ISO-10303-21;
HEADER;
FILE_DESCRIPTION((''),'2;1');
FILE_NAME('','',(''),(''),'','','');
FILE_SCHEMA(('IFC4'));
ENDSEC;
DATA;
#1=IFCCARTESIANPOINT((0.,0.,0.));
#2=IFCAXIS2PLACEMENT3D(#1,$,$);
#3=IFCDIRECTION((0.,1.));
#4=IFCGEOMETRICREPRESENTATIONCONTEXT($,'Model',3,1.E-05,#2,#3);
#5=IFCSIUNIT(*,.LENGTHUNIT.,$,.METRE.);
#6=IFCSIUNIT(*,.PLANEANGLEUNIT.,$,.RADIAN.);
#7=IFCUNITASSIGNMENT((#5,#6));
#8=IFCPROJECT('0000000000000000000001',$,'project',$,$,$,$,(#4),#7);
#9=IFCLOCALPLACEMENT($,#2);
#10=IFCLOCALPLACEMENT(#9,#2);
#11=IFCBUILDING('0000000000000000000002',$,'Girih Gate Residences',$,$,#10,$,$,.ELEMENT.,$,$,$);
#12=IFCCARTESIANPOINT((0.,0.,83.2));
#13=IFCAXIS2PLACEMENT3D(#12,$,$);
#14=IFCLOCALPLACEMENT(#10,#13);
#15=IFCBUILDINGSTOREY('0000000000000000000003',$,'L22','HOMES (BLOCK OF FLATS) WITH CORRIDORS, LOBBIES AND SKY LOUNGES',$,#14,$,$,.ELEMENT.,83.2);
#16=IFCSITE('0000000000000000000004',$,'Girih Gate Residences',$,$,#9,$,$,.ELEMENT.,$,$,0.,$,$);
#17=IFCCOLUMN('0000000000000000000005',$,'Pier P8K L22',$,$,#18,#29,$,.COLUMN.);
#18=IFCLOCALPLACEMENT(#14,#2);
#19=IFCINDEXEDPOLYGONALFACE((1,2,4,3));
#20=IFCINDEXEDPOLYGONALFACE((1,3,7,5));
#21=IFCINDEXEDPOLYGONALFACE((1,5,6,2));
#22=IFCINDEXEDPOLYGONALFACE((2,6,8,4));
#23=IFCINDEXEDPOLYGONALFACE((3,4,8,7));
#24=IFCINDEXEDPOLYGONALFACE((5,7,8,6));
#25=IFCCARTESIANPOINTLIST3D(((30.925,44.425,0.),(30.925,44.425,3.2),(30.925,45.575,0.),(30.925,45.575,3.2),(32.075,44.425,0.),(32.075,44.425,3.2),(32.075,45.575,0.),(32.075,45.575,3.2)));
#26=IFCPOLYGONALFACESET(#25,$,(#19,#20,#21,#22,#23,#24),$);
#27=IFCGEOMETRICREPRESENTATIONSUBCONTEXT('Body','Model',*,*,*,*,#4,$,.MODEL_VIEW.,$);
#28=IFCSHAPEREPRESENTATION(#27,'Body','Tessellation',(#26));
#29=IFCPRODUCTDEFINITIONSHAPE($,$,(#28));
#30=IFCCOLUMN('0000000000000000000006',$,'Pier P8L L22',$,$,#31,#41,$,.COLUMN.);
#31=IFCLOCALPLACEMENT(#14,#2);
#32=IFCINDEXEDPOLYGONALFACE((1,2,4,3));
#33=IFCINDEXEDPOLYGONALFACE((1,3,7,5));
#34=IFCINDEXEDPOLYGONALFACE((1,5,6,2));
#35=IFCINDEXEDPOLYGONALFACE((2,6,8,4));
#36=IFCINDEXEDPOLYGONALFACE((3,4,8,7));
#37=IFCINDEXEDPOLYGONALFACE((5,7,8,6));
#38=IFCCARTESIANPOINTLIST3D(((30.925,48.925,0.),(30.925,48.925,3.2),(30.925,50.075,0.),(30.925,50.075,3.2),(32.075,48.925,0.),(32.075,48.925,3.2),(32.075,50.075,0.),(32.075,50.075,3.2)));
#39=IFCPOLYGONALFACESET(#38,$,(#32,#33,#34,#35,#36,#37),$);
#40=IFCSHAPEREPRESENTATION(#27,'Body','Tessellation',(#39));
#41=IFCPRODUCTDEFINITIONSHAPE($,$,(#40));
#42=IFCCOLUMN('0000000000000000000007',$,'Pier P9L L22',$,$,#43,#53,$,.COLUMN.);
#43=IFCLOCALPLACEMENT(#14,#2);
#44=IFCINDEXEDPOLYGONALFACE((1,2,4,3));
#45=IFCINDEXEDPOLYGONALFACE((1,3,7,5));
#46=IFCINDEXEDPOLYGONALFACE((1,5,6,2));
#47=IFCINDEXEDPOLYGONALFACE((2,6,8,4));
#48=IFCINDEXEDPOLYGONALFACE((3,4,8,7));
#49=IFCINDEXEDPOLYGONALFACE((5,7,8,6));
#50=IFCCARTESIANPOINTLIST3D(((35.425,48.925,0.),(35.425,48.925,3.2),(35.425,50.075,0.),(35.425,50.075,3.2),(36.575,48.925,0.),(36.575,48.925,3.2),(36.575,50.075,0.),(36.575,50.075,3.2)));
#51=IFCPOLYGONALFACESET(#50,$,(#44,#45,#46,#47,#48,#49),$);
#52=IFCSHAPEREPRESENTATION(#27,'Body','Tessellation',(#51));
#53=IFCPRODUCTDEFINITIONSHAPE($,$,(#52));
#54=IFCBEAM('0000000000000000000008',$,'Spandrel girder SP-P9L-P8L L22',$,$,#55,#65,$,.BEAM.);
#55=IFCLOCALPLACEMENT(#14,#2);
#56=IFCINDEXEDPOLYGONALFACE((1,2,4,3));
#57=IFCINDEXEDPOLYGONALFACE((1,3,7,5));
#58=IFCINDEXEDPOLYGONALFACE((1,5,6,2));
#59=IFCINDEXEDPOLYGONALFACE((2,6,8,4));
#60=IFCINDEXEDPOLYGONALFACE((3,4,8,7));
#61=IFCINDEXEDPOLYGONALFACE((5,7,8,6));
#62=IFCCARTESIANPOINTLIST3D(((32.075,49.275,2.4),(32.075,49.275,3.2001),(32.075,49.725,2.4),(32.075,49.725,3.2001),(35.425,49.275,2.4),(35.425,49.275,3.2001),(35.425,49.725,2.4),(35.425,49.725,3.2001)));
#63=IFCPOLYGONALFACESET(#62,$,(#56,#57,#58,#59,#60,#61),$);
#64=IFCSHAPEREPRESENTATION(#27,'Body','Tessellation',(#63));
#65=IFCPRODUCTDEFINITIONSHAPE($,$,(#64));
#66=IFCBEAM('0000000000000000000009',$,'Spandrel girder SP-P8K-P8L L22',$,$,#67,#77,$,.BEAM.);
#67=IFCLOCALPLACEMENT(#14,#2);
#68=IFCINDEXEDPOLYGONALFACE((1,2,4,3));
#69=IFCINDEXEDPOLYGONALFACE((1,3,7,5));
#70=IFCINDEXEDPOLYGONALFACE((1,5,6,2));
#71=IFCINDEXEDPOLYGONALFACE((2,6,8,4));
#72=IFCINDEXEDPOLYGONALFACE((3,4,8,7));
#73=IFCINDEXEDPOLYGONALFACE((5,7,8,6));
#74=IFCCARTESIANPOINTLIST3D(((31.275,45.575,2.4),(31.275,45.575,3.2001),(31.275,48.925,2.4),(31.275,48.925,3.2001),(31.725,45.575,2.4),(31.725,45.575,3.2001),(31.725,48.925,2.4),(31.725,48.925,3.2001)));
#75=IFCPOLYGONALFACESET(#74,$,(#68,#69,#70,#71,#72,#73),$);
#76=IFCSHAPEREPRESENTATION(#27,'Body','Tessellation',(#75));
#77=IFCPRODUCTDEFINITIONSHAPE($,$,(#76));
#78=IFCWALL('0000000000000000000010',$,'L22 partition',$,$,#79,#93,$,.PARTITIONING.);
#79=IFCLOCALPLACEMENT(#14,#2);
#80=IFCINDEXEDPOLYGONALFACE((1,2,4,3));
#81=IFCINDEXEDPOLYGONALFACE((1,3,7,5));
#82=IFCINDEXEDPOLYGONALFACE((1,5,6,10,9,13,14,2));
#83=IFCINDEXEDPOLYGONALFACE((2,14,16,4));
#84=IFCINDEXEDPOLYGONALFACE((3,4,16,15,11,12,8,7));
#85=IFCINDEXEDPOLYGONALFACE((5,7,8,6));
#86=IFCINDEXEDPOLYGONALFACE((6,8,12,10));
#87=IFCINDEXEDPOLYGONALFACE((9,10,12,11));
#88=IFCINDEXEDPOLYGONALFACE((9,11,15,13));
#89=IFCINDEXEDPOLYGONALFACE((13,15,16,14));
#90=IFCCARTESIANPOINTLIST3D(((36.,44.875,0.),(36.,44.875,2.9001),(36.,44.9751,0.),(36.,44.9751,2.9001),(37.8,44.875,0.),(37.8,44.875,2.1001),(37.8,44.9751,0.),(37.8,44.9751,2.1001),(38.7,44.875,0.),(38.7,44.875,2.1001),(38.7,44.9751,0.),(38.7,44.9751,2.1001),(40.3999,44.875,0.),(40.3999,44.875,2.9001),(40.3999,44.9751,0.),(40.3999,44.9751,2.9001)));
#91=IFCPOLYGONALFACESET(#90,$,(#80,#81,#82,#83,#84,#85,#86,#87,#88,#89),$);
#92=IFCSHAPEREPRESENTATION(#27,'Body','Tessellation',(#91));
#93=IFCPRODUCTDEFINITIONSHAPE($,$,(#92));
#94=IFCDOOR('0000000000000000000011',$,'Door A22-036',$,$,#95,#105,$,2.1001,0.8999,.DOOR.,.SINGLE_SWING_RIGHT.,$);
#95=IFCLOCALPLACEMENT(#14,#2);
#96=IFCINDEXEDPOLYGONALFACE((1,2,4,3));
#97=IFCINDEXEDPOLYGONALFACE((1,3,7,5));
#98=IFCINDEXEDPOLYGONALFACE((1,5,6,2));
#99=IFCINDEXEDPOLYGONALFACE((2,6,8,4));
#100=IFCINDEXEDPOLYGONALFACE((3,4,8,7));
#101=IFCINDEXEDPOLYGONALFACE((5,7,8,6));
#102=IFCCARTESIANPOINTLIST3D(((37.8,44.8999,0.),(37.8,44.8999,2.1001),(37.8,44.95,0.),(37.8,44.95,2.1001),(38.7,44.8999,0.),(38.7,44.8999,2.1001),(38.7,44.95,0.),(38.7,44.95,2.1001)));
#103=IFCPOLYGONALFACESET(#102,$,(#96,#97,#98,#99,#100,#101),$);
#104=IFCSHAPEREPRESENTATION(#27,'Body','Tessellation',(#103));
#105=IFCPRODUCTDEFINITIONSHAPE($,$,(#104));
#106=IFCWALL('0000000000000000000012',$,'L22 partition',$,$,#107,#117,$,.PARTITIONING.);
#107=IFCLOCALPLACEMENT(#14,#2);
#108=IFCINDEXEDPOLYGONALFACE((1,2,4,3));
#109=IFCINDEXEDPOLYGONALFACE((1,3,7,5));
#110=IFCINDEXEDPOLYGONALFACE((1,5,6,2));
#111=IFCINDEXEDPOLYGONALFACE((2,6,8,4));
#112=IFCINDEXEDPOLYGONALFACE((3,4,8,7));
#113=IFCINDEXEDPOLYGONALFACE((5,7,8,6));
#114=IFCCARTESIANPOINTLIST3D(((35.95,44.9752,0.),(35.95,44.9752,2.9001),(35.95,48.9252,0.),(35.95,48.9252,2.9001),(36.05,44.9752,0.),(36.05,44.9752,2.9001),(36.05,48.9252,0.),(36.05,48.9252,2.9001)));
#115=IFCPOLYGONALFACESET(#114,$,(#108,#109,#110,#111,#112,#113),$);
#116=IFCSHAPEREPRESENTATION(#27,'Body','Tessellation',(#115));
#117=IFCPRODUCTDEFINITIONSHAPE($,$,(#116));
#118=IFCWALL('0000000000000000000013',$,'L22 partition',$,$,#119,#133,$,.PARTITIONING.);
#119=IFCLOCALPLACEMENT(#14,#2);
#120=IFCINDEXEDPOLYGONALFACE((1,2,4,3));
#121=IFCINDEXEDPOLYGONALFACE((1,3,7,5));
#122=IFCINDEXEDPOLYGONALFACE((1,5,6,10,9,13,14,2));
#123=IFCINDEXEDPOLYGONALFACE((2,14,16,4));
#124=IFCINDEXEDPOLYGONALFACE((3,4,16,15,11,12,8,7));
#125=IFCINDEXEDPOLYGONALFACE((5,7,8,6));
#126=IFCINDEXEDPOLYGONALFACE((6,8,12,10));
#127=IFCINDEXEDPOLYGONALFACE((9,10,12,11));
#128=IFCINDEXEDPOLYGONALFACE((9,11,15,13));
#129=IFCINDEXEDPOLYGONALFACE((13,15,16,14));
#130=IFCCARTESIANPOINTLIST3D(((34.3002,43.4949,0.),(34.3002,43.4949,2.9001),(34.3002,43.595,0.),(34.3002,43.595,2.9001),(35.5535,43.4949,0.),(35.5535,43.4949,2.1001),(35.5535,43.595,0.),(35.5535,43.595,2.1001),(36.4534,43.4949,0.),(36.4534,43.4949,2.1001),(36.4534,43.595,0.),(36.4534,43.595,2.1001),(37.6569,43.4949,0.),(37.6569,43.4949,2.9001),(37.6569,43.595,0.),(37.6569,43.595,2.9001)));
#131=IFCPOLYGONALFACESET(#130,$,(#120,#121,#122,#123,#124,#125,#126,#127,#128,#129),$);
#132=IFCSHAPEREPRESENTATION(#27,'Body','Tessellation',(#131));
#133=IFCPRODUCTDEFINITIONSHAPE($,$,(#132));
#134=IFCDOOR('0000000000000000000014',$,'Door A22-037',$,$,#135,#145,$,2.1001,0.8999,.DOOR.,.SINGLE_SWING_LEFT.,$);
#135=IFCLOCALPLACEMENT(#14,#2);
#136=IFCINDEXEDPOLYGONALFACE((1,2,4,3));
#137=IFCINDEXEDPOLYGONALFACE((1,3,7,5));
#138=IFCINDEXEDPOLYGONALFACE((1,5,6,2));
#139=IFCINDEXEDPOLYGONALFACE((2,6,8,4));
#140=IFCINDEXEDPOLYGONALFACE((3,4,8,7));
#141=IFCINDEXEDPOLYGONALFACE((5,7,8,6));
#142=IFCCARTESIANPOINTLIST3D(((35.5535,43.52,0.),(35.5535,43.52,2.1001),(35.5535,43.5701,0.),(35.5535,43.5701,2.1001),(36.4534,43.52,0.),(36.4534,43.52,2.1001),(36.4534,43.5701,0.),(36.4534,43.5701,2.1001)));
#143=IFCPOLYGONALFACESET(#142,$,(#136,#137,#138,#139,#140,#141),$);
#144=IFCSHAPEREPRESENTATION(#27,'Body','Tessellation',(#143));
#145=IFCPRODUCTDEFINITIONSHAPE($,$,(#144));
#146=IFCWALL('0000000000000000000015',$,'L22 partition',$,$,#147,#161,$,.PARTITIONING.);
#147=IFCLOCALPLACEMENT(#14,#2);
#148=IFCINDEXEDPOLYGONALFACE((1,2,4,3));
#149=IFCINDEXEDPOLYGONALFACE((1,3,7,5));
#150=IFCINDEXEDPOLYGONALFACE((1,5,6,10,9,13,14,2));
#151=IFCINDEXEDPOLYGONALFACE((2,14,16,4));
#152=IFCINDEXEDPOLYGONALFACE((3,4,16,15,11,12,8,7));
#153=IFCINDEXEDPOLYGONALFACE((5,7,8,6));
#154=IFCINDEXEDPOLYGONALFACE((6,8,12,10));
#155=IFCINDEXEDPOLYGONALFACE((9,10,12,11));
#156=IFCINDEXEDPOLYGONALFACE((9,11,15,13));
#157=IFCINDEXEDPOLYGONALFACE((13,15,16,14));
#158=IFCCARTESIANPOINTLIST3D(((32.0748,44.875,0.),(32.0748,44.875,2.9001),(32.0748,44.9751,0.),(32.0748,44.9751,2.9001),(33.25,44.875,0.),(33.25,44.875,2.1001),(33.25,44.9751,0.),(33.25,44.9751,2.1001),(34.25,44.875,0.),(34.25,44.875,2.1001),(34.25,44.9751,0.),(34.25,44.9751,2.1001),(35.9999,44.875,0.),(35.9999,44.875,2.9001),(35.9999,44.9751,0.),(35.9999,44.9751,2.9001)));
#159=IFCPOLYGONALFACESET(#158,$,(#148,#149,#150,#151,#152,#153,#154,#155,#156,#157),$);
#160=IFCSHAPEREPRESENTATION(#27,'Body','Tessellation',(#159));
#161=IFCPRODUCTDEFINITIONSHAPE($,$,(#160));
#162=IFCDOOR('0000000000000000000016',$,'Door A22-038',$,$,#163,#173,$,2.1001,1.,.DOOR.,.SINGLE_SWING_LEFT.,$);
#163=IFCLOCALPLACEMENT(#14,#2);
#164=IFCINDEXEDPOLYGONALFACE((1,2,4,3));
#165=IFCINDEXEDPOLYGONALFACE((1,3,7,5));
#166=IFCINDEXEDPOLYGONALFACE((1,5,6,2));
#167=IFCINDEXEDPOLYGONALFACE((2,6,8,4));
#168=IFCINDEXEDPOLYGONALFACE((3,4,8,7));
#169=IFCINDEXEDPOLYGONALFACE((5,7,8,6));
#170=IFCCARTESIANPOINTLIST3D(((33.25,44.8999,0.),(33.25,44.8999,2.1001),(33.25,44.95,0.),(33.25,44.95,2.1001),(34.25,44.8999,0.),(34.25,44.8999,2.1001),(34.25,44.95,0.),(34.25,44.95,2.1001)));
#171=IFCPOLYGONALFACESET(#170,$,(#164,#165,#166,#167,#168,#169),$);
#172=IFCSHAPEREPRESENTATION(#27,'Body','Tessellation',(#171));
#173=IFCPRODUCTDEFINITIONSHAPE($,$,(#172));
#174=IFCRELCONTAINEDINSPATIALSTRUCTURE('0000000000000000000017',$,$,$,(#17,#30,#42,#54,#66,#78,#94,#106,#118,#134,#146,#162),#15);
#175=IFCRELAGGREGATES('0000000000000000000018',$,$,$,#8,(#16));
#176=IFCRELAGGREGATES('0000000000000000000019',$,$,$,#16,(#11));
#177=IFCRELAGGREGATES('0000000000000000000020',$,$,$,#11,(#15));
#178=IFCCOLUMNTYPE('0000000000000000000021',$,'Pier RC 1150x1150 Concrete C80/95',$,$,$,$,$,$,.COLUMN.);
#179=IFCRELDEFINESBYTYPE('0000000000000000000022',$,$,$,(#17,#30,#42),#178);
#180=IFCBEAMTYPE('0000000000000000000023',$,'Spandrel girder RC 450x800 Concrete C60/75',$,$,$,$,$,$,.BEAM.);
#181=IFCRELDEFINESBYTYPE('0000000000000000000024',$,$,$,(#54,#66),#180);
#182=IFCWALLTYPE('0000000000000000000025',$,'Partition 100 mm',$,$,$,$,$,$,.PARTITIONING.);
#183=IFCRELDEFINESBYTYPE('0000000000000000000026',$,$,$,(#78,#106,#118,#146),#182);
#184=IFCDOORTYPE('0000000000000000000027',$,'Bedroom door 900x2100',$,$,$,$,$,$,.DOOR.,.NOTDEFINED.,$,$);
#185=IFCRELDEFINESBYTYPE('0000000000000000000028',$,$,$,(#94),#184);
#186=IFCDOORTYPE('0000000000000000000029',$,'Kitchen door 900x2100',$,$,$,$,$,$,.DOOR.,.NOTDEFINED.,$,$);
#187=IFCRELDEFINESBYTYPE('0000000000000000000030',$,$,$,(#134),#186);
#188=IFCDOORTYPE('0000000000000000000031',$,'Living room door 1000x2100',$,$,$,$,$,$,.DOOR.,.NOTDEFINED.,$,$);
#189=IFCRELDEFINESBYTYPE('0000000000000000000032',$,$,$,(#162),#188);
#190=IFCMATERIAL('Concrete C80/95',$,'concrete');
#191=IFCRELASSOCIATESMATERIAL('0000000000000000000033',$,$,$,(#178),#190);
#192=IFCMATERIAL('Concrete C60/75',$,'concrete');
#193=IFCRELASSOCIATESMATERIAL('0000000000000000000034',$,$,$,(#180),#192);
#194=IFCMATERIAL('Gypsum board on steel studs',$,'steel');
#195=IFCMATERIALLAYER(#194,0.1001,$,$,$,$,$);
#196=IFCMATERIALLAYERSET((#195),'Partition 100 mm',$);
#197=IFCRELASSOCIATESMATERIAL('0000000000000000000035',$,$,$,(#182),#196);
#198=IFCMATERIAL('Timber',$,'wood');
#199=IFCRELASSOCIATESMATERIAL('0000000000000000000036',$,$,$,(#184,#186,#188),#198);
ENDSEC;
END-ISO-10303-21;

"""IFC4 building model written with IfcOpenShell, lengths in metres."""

from ifc_helpers import new_model, si_unit, direction, frame, frame_2d, origin, origin_2d, place, context, subcontext, project, spatial, rectangle, extrude, material, layer, layer_set, material_profile, profile_set, type_object, element, fill, save


model = new_model("IFC4")

# Units and contexts
model_context = context("Model", 3, precision=1e-05, world=origin(), true_north=direction((0.0, 1.0)))
body_context = subcontext(model_context, "Body", "Model", "MODEL_VIEW")
ifc_project = project(units=[si_unit("LENGTHUNIT", "METRE"), si_unit("PLANEANGLEUNIT", "RADIAN")], contexts=[model_context])

# Site, building, storey
site_placement = place(None, origin())
site = spatial("IfcSite", under=ifc_project, at=site_placement, Name="Girih Gate Residences", CompositionType="ELEMENT", RefElevation=0.0)
building_placement = place(site_placement, origin())
building = spatial("IfcBuilding", under=site, at=building_placement, Name="Girih Gate Residences", CompositionType="ELEMENT")
storey_placement = place(building_placement, frame((0.0, 0.0, 83.2)))
storey = spatial("IfcBuildingStorey", under=building, at=storey_placement, Name="L22", Description="HOMES (BLOCK OF FLATS) WITH CORRIDORS, LOBBIES AND SKY LOUNGES", CompositionType="ELEMENT", Elevation=83.2)

# Columns
ifc_material_1 = material(Name="Concrete C80/95", Category="concrete")
ifc_material_profile_1 = material_profile(ifc_material_1, rectangle(XDim=1.1499, YDim=1.1499, at=origin_2d()))
ifc_profile_set_1 = profile_set([ifc_material_profile_1], Name="Concrete C80/95")
column_type = type_object("IfcColumnType", Name="Pier RC 1150x1150 Concrete C80/95", PredefinedType="COLUMN", material=ifc_profile_set_1)
for number, where, z_axis, x_axis, name in (
    (1, (31.5, 45.0, 0.0), (0.0, 0.0, 1.0), (1.0, 0.0, 0.0), "Pier P8K L22"),
    (2, (31.5, 49.5, 0.0), (0.0, 0.0, 1.0), (1.0, 0.0, 0.0), "Pier P8L L22"),
    (3, (36.0, 49.5, 0.0), (0.0, 0.0, 1.0), (1.0, 0.0, 0.0), "Pier P9L L22"),
):
    element("IfcColumn", number, at=place(storey_placement, frame(where, z_axis=z_axis, x_axis=x_axis)), inside=storey, type_object=column_type, Name=name, PredefinedType="COLUMN", context=body_context, shape_type="SweptSolid", body=[
        extrude(rectangle(XDim=1.1499, YDim=1.1499, at=origin_2d()), origin(), (0.0, 0.0, 1.0), 3.2),
    ])

# Beams
ifc_material_2 = material(Name="Concrete C60/75", Category="concrete")
ifc_material_profile_2 = material_profile(ifc_material_2, rectangle(XDim=0.45, YDim=0.8, at=origin_2d()))
ifc_profile_set_2 = profile_set([ifc_material_profile_2], Name="Concrete C60/75")
beam_type = type_object("IfcBeamType", Name="Spandrel girder RC 450x800 Concrete C60/75", PredefinedType="BEAM", material=ifc_profile_set_2)
for number, where, z_axis, x_axis, name in (
    (4, (35.425, 49.5, 2.8), (-1.0, 0.0, 0.0), (0.0, -1.0, 0.0), "Spandrel girder SP-P9L-P8L L22"),
    (5, (31.5, 45.575, 2.8), (0.0, 1.0, 0.0), (-1.0, 0.0, 0.0), "Spandrel girder SP-P8K-P8L L22"),
):
    element("IfcBeam", number, at=place(storey_placement, frame(where, z_axis=z_axis, x_axis=x_axis)), inside=storey, type_object=beam_type, Name=name, PredefinedType="BEAM", context=body_context, shape_type="SweptSolid", body=[
        extrude(rectangle(XDim=0.45, YDim=0.8, at=origin_2d()), origin(), (0.0, 0.0, 1.0), 3.3501),
    ])

# Wall, opening, door
ifc_material_3 = material(Name="Gypsum board on steel studs", Category="steel")
ifc_layer_1 = layer(ifc_material_3, 0.1001)
ifc_layer_set_1 = layer_set([ifc_layer_1], Name="Partition 100 mm")
wall_type_1 = type_object("IfcWallType", Name="Partition 100 mm", PredefinedType="PARTITIONING", material=ifc_layer_set_1)
wall_1_placement = place(storey_placement, frame((36.0, 44.925, 0.0), z_axis=(0.0, 0.0, 1.0), x_axis=(1.0, 0.0, 0.0)))
wall_1 = element("IfcWall", 6, at=wall_1_placement, inside=storey, type_object=wall_type_1, Name="L22 partition", PredefinedType="PARTITIONING", context=body_context, shape_type="SweptSolid", body=[
    extrude(rectangle(XDim=4.3999, YDim=0.1001, at=frame_2d((2.2, 0.0))), origin(), (0.0, 0.0, 1.0), 2.9001),
])
opening_1_placement = place(wall_1_placement, frame((1.8, 0.0, 0.0)))
opening_1 = element("IfcOpeningElement", 7, at=opening_1_placement, cuts=wall_1, PredefinedType="OPENING", context=body_context, shape_type="SweptSolid", body=[
    extrude(rectangle(XDim=0.8999, YDim=2.1001, at=frame_2d((0.45, 1.05))), frame((0.0, 0.0601, 0.0), z_axis=(0.0, -1.0, 0.0), x_axis=(1.0, 0.0, 0.0)), (0.0, 0.0, 1.0), 0.1201),
])
ifc_material_4 = material(Name="Timber", Category="wood")
door_type_1 = type_object("IfcDoorType", Name="Bedroom door 900x2100", OperationType="NOTDEFINED", PredefinedType="DOOR", material=ifc_material_4)
door_1_placement = place(opening_1_placement, origin())
door_1 = element("IfcDoor", 8, at=door_1_placement, inside=storey, type_object=door_type_1, Name="Door A22-036", OperationType="SINGLE_SWING_RIGHT", OverallHeight=2.1001, OverallWidth=0.8999, PredefinedType="DOOR", context=body_context, shape_type="SweptSolid", body=[
    extrude(rectangle(XDim=0.8999, YDim=2.1001, at=frame_2d((0.45, 1.05))), frame((0.0, 0.0249, 0.0), z_axis=(0.0, -1.0, 0.0), x_axis=(1.0, 0.0, 0.0)), (0.0, 0.0, 1.0), 0.05),
])
fill(opening_1, door_1)

# Wall
wall_2_placement = place(storey_placement, frame((36.0, 44.9751, 0.0), z_axis=(0.0, 0.0, 1.0), x_axis=(0.0, 1.0, 0.0)))
element("IfcWall", 9, at=wall_2_placement, inside=storey, type_object=wall_type_1, Name="L22 partition", PredefinedType="PARTITIONING", context=body_context, shape_type="SweptSolid", body=[
    extrude(rectangle(XDim=3.95, YDim=0.1001, at=frame_2d((1.9751, 0.0))), origin(), (0.0, 0.0, 1.0), 2.9001),
])

# Walls, openings, doors
wall_3_placement = place(storey_placement, frame((37.6567, 43.5449, 0.0), z_axis=(0.0, 0.0, 1.0), x_axis=(-1.0, 0.0, 0.0)))
wall_3 = element("IfcWall", 10, at=wall_3_placement, inside=storey, type_object=wall_type_1, Name="L22 partition", PredefinedType="PARTITIONING", context=body_context, shape_type="SweptSolid", body=[
    extrude(rectangle(XDim=3.3567, YDim=0.1001, at=frame_2d((1.6782, 0.0))), origin(), (0.0, 0.0, 1.0), 2.9001),
])
opening_2_placement = place(wall_3_placement, frame((1.2034, 0.0, 0.0)))
opening_2 = element("IfcOpeningElement", 11, at=opening_2_placement, cuts=wall_3, PredefinedType="OPENING", context=body_context, shape_type="SweptSolid", body=[
    extrude(rectangle(XDim=0.8999, YDim=2.1001, at=frame_2d((0.45, 1.05))), frame((0.0, 0.0601, 0.0), z_axis=(0.0, -1.0, 0.0), x_axis=(1.0, 0.0, 0.0)), (0.0, 0.0, 1.0), 0.1201),
])
door_type_2 = type_object("IfcDoorType", Name="Kitchen door 900x2100", OperationType="NOTDEFINED", PredefinedType="DOOR", material=ifc_material_4)
door_2_placement = place(opening_2_placement, origin())
door_2 = element("IfcDoor", 12, at=door_2_placement, inside=storey, type_object=door_type_2, Name="Door A22-037", OperationType="SINGLE_SWING_LEFT", OverallHeight=2.1001, OverallWidth=0.8999, PredefinedType="DOOR", context=body_context, shape_type="SweptSolid", body=[
    extrude(rectangle(XDim=0.8999, YDim=2.1001, at=frame_2d((0.45, 1.05))), frame((0.0, 0.0249, 0.0), z_axis=(0.0, -1.0, 0.0), x_axis=(1.0, 0.0, 0.0)), (0.0, 0.0, 1.0), 0.05),
])
fill(opening_2, door_2)
wall_4_placement = place(storey_placement, frame((32.075, 44.925, 0.0), z_axis=(0.0, 0.0, 1.0), x_axis=(1.0, 0.0, 0.0)))
wall_4 = element("IfcWall", 13, at=wall_4_placement, inside=storey, type_object=wall_type_1, Name="L22 partition", PredefinedType="PARTITIONING", context=body_context, shape_type="SweptSolid", body=[
    extrude(rectangle(XDim=3.925, YDim=0.1001, at=frame_2d((1.9624, 0.0))), origin(), (0.0, 0.0, 1.0), 2.9001),
])
opening_3_placement = place(wall_4_placement, frame((1.175, 0.0, 0.0)))
opening_3 = element("IfcOpeningElement", 14, at=opening_3_placement, cuts=wall_4, PredefinedType="OPENING", context=body_context, shape_type="SweptSolid", body=[
    extrude(rectangle(XDim=1.0, YDim=2.1001, at=frame_2d((0.5, 1.05))), frame((0.0, 0.0601, 0.0), z_axis=(0.0, -1.0, 0.0), x_axis=(1.0, 0.0, 0.0)), (0.0, 0.0, 1.0), 0.1201),
])
door_type_3 = type_object("IfcDoorType", Name="Living room door 1000x2100", OperationType="NOTDEFINED", PredefinedType="DOOR", material=ifc_material_4)
door_3_placement = place(opening_3_placement, origin())
door_3 = element("IfcDoor", 15, at=door_3_placement, inside=storey, type_object=door_type_3, Name="Door A22-038", OperationType="SINGLE_SWING_LEFT", OverallHeight=2.1001, OverallWidth=1.0, PredefinedType="DOOR", context=body_context, shape_type="SweptSolid", body=[
    extrude(rectangle(XDim=1.0, YDim=2.1001, at=frame_2d((0.5, 1.05))), frame((0.0, 0.0249, 0.0), z_axis=(0.0, -1.0, 0.0), x_axis=(1.0, 0.0, 0.0)), (0.0, 0.0, 1.0), 0.05),
])
fill(opening_3, door_3)

save(model, "model.ifc")
